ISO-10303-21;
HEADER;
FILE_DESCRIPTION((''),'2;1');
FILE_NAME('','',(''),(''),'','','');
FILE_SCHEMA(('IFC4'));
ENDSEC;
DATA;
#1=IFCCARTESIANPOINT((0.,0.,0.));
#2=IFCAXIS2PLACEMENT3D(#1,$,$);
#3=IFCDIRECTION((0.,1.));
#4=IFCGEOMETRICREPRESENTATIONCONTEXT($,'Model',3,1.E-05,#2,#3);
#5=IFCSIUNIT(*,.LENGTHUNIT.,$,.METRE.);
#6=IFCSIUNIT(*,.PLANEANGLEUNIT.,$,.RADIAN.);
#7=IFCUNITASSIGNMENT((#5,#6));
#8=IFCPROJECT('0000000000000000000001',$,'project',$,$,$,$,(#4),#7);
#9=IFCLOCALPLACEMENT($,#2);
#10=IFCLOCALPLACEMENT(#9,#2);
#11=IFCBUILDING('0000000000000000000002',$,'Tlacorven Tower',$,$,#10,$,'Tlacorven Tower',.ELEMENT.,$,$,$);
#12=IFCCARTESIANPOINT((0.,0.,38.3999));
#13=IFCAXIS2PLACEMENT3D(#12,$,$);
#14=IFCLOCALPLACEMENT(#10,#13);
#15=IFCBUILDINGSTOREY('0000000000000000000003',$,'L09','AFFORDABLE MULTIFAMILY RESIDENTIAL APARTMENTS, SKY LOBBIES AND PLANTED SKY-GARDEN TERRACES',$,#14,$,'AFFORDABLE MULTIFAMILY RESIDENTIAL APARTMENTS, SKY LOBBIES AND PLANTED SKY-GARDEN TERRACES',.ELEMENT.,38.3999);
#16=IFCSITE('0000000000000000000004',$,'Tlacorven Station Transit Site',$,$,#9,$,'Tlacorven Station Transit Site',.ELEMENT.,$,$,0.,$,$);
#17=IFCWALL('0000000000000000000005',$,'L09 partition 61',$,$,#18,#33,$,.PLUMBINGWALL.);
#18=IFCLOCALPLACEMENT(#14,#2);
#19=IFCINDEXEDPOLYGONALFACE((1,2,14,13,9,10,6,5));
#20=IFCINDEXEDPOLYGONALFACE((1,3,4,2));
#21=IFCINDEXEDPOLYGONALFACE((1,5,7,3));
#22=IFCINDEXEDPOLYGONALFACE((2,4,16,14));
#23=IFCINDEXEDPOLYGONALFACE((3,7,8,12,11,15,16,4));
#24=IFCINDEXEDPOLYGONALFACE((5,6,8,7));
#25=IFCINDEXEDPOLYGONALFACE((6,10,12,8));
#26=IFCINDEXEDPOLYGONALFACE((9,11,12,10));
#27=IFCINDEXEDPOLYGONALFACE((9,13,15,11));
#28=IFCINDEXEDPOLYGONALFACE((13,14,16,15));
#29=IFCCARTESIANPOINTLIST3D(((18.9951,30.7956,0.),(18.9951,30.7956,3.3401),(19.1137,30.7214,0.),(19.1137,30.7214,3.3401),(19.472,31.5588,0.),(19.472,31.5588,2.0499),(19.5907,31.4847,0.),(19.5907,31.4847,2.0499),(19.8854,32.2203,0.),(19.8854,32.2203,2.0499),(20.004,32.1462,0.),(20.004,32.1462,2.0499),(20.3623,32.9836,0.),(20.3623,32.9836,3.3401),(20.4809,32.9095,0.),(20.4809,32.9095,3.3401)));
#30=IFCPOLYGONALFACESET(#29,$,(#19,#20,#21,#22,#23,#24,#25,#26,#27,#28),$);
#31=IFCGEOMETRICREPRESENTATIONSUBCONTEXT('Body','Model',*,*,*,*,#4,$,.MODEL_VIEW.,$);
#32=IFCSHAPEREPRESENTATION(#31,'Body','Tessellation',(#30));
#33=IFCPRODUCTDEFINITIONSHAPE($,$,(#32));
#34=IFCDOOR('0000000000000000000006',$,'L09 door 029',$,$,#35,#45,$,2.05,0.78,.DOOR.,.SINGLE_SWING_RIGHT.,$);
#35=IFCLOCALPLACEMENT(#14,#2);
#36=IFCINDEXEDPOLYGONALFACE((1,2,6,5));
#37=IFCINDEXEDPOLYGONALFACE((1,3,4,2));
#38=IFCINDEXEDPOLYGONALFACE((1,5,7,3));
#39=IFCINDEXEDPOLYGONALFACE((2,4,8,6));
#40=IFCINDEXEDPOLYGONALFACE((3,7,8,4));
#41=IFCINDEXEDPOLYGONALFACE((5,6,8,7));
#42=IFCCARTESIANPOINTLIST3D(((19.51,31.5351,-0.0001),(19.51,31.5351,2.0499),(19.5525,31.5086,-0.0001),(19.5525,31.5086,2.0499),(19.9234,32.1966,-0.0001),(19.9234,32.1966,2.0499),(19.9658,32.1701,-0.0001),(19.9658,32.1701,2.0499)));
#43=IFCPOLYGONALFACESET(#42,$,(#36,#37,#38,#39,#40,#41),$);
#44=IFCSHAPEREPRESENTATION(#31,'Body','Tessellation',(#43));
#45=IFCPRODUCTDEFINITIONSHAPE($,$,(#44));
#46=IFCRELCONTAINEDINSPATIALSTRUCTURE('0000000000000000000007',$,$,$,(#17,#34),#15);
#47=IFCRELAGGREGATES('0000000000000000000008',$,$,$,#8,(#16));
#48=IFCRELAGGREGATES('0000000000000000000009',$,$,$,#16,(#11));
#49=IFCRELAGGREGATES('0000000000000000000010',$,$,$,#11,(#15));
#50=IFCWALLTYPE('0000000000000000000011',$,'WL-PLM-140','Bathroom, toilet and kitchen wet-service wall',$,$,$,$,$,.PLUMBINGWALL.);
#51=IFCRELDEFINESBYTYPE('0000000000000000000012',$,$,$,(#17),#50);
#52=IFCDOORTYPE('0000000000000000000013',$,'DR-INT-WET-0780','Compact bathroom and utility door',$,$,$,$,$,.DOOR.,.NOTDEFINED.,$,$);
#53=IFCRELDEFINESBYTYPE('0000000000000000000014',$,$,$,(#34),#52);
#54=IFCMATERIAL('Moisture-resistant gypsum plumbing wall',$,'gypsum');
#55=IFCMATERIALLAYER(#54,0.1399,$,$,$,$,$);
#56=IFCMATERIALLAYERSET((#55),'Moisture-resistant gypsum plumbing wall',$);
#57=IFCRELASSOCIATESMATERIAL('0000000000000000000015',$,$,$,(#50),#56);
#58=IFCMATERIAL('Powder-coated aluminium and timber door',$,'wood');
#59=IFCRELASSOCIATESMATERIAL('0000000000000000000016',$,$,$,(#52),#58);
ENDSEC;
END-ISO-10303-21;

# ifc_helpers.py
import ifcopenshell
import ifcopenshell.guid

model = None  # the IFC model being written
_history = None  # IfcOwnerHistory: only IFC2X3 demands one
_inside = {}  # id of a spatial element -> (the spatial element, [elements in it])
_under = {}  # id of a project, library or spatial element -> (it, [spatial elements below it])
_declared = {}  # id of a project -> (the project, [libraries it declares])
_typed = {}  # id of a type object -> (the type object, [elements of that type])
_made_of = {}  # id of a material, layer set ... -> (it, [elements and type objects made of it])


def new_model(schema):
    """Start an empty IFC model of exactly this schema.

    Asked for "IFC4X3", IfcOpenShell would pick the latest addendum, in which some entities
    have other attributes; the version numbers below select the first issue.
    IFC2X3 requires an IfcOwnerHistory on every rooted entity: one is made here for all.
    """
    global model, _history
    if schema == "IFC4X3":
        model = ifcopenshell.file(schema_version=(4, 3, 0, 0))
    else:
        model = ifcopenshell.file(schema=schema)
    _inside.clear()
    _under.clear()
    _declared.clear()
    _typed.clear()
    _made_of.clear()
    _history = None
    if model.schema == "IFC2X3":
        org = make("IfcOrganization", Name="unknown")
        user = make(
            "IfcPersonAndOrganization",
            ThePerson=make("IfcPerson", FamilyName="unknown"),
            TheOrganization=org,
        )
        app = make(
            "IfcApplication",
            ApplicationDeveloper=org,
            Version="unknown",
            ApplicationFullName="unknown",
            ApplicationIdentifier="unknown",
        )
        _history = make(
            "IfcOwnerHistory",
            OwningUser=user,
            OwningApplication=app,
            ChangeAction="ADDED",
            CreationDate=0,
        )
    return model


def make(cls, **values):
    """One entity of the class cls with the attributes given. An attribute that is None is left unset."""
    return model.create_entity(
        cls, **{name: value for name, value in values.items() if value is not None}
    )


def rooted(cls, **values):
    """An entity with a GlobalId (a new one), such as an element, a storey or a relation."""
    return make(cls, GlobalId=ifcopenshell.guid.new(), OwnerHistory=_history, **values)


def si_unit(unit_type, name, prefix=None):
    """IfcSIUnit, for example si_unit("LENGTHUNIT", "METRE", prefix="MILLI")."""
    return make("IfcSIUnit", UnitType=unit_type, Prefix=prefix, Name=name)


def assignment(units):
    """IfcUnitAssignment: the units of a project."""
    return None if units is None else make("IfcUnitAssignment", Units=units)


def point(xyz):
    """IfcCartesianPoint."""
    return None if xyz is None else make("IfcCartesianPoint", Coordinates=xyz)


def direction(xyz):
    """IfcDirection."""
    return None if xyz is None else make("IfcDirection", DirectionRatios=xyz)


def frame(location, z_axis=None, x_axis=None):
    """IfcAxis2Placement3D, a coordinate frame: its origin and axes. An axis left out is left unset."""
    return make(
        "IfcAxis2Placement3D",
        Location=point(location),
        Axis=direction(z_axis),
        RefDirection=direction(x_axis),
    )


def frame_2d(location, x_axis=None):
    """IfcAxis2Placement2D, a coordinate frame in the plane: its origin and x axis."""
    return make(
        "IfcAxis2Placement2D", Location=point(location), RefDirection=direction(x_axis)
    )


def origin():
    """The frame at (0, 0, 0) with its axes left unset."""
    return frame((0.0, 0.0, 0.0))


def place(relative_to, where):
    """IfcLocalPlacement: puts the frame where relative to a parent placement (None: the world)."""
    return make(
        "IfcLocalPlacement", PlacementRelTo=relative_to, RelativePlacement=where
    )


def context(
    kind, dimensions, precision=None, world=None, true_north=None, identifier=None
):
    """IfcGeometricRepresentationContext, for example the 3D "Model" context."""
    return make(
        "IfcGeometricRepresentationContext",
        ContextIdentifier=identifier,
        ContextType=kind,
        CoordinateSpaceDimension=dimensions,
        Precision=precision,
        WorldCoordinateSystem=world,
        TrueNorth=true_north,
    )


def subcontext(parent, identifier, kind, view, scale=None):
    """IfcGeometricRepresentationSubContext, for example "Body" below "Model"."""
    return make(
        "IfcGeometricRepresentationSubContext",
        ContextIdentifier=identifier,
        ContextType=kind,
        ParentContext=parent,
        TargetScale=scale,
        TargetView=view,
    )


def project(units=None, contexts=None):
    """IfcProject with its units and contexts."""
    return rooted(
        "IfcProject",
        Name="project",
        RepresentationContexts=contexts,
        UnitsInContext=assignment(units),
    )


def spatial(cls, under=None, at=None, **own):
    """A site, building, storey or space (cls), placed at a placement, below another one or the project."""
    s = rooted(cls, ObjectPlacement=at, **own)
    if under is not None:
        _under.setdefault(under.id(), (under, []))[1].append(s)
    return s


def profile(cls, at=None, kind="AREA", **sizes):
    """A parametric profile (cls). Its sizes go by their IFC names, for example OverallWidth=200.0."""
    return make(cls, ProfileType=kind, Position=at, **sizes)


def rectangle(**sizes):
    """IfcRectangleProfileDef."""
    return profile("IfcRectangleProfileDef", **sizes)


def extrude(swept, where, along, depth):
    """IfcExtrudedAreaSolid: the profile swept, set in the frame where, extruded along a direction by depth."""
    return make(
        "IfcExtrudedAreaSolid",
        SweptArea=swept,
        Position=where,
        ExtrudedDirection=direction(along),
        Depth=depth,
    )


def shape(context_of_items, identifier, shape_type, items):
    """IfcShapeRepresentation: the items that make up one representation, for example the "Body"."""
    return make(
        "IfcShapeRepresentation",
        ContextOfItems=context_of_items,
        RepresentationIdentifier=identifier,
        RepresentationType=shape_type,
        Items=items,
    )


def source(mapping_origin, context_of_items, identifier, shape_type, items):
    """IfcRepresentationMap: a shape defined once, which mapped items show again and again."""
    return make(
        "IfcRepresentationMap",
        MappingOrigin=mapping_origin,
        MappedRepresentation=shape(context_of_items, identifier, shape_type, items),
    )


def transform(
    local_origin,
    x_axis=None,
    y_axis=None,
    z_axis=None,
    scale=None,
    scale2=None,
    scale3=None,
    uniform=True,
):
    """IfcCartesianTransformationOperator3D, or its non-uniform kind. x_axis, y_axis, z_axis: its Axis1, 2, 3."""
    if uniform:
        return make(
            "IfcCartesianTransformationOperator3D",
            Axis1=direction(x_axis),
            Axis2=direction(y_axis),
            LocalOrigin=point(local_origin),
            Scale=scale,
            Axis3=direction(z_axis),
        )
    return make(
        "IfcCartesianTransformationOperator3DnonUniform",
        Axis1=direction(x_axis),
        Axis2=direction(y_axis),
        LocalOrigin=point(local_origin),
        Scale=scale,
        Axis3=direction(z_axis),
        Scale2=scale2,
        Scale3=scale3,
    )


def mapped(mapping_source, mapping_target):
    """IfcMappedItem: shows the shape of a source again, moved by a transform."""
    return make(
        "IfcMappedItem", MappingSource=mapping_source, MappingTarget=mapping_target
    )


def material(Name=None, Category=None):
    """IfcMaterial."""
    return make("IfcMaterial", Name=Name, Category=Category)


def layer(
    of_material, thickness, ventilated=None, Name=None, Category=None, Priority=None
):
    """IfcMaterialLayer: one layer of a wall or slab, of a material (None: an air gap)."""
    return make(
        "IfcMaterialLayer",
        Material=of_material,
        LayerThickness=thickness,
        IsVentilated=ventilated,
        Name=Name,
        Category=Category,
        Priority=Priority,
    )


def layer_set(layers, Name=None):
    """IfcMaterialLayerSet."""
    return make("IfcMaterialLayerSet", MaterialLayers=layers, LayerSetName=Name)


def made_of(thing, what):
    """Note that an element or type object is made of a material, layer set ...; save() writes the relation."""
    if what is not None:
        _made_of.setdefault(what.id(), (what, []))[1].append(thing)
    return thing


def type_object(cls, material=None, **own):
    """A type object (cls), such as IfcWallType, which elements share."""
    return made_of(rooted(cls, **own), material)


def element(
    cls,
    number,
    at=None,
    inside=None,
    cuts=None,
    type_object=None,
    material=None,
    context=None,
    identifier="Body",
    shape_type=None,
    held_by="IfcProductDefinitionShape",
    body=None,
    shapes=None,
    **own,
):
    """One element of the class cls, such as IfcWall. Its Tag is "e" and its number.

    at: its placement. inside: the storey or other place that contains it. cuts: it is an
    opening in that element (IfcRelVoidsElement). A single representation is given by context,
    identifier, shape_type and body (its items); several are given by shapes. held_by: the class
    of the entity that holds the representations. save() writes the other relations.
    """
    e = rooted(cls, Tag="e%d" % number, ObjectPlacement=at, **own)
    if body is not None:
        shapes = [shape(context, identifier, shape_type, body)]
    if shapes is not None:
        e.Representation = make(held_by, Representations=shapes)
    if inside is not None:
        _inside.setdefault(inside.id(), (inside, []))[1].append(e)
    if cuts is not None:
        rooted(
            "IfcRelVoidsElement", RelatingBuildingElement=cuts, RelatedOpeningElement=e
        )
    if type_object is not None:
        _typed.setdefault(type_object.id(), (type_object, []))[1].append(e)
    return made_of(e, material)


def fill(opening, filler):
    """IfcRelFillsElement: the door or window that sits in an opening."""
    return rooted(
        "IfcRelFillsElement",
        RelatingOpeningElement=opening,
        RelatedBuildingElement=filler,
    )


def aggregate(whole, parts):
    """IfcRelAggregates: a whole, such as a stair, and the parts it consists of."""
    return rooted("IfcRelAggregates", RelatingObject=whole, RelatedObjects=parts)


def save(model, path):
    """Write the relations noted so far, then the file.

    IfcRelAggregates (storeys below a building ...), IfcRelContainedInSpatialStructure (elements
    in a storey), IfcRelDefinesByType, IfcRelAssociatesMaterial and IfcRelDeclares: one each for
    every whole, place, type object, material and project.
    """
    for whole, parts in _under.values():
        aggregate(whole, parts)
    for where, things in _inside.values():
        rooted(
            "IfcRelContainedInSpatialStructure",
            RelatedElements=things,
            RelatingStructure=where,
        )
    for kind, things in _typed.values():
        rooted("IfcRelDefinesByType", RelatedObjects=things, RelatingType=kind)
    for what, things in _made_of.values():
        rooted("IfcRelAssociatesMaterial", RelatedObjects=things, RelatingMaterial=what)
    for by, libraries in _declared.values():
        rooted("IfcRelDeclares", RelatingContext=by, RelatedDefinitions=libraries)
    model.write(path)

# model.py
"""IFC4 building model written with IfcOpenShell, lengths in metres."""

from ifc_helpers import new_model, si_unit, direction, frame, frame_2d, origin, place, context, subcontext, project, spatial, rectangle, extrude, source, transform, mapped, material, layer, layer_set, type_object, element, fill, save


model = new_model("IFC4")

# Units and contexts
model_context = context("Model", 3, precision=1e-05, world=origin(), true_north=direction((0.0, 1.0)))
body_context = subcontext(model_context, "Body", "Model", "MODEL_VIEW")
ifc_project = project(units=[si_unit("LENGTHUNIT", "METRE"), si_unit("PLANEANGLEUNIT", "RADIAN")], contexts=[model_context])

# Site, building, storey
site_placement = place(None, origin())
site = spatial("IfcSite", under=ifc_project, at=site_placement, Name="Tlacorven Station Transit Site", LongName="Tlacorven Station Transit Site", CompositionType="ELEMENT", RefElevation=0.0)
building_placement = place(site_placement, origin())
building = spatial("IfcBuilding", under=site, at=building_placement, Name="Tlacorven Tower", LongName="Tlacorven Tower", CompositionType="ELEMENT")
storey_placement = place(building_placement, frame((0.0, 0.0, 38.3999)))
storey = spatial("IfcBuildingStorey", under=building, at=storey_placement, Name="L09", Description="AFFORDABLE MULTIFAMILY RESIDENTIAL APARTMENTS, SKY LOBBIES AND PLANTED SKY-GARDEN TERRACES", LongName="AFFORDABLE MULTIFAMILY RESIDENTIAL APARTMENTS, SKY LOBBIES AND PLANTED SKY-GARDEN TERRACES", CompositionType="ELEMENT", Elevation=38.3999)

# Wall, opening, door
ifc_material_1 = material(Name="Moisture-resistant gypsum plumbing wall", Category="gypsum")
ifc_layer_1 = layer(ifc_material_1, 0.1399)
ifc_layer_set_1 = layer_set([ifc_layer_1], Name="Moisture-resistant gypsum plumbing wall")
wall_type_1 = type_object("IfcWallType", Name="WL-PLM-140", Description="Bathroom, toilet and kitchen wet-service wall", PredefinedType="PLUMBINGWALL", material=ifc_layer_set_1)
ifc_material_2 = material(Name="Powder-coated aluminium and timber door", Category="wood")
door_type_1 = type_object("IfcDoorType", Name="DR-INT-WET-0780", Description="Compact bathroom and utility door", OperationType="NOTDEFINED", PredefinedType="DOOR", material=ifc_material_2)
shared_shape_1 = source(origin(), body_context, "Body", "SweptSolid", [
    extrude(rectangle(XDim=0.78, YDim=2.05, at=frame_2d((0.3901, 1.0249))), frame((0.0, 0.0249, 0.0), z_axis=(0.0, -1.0, 0.0), x_axis=(1.0, 0.0, 0.0)), (0.0, 0.0, 1.0), 0.05),
])
wall_1_placement = place(storey_placement, frame((20.4216, 32.9465, 0.0), z_axis=(0.0, 0.0, 1.0), x_axis=(-0.529914, -0.848051, 0.0)))
wall_1 = element("IfcWall", 1, at=wall_1_placement, inside=storey, type_object=wall_type_1, Name="L09 partition 61", PredefinedType="PLUMBINGWALL", context=body_context, shape_type="SweptSolid", body=[
    extrude(rectangle(XDim=2.5801, YDim=0.1399, at=frame_2d((1.29, 0.0))), origin(), (0.0, 0.0, 1.0), 3.3401),
])
opening_1_placement = place(wall_1_placement, frame((0.8999, 0.0, 0.0)))
opening_1 = element("IfcOpeningElement", 2, at=opening_1_placement, cuts=wall_1, PredefinedType="OPENING", context=body_context, shape_type="SweptSolid", body=[
    extrude(rectangle(XDim=0.78, YDim=2.05, at=frame_2d((0.3901, 1.0249))), frame((0.0, 0.0801, 0.0), z_axis=(0.0, -1.0, 0.0), x_axis=(1.0, 0.0, 0.0)), (0.0, 0.0, 1.0), 0.1599),
])
door_1_placement = place(opening_1_placement, origin())
door_1 = element("IfcDoor", 3, at=door_1_placement, inside=storey, type_object=door_type_1, Name="L09 door 029", OperationType="SINGLE_SWING_RIGHT", OverallHeight=2.05, OverallWidth=0.78, PredefinedType="DOOR", context=body_context, shape_type="MappedRepresentation", body=[
    mapped(shared_shape_1, transform((0.0, 0.0, 0.0), scale=1.0)),
])
fill(opening_1, door_1)

save(model, "model.ifc")
